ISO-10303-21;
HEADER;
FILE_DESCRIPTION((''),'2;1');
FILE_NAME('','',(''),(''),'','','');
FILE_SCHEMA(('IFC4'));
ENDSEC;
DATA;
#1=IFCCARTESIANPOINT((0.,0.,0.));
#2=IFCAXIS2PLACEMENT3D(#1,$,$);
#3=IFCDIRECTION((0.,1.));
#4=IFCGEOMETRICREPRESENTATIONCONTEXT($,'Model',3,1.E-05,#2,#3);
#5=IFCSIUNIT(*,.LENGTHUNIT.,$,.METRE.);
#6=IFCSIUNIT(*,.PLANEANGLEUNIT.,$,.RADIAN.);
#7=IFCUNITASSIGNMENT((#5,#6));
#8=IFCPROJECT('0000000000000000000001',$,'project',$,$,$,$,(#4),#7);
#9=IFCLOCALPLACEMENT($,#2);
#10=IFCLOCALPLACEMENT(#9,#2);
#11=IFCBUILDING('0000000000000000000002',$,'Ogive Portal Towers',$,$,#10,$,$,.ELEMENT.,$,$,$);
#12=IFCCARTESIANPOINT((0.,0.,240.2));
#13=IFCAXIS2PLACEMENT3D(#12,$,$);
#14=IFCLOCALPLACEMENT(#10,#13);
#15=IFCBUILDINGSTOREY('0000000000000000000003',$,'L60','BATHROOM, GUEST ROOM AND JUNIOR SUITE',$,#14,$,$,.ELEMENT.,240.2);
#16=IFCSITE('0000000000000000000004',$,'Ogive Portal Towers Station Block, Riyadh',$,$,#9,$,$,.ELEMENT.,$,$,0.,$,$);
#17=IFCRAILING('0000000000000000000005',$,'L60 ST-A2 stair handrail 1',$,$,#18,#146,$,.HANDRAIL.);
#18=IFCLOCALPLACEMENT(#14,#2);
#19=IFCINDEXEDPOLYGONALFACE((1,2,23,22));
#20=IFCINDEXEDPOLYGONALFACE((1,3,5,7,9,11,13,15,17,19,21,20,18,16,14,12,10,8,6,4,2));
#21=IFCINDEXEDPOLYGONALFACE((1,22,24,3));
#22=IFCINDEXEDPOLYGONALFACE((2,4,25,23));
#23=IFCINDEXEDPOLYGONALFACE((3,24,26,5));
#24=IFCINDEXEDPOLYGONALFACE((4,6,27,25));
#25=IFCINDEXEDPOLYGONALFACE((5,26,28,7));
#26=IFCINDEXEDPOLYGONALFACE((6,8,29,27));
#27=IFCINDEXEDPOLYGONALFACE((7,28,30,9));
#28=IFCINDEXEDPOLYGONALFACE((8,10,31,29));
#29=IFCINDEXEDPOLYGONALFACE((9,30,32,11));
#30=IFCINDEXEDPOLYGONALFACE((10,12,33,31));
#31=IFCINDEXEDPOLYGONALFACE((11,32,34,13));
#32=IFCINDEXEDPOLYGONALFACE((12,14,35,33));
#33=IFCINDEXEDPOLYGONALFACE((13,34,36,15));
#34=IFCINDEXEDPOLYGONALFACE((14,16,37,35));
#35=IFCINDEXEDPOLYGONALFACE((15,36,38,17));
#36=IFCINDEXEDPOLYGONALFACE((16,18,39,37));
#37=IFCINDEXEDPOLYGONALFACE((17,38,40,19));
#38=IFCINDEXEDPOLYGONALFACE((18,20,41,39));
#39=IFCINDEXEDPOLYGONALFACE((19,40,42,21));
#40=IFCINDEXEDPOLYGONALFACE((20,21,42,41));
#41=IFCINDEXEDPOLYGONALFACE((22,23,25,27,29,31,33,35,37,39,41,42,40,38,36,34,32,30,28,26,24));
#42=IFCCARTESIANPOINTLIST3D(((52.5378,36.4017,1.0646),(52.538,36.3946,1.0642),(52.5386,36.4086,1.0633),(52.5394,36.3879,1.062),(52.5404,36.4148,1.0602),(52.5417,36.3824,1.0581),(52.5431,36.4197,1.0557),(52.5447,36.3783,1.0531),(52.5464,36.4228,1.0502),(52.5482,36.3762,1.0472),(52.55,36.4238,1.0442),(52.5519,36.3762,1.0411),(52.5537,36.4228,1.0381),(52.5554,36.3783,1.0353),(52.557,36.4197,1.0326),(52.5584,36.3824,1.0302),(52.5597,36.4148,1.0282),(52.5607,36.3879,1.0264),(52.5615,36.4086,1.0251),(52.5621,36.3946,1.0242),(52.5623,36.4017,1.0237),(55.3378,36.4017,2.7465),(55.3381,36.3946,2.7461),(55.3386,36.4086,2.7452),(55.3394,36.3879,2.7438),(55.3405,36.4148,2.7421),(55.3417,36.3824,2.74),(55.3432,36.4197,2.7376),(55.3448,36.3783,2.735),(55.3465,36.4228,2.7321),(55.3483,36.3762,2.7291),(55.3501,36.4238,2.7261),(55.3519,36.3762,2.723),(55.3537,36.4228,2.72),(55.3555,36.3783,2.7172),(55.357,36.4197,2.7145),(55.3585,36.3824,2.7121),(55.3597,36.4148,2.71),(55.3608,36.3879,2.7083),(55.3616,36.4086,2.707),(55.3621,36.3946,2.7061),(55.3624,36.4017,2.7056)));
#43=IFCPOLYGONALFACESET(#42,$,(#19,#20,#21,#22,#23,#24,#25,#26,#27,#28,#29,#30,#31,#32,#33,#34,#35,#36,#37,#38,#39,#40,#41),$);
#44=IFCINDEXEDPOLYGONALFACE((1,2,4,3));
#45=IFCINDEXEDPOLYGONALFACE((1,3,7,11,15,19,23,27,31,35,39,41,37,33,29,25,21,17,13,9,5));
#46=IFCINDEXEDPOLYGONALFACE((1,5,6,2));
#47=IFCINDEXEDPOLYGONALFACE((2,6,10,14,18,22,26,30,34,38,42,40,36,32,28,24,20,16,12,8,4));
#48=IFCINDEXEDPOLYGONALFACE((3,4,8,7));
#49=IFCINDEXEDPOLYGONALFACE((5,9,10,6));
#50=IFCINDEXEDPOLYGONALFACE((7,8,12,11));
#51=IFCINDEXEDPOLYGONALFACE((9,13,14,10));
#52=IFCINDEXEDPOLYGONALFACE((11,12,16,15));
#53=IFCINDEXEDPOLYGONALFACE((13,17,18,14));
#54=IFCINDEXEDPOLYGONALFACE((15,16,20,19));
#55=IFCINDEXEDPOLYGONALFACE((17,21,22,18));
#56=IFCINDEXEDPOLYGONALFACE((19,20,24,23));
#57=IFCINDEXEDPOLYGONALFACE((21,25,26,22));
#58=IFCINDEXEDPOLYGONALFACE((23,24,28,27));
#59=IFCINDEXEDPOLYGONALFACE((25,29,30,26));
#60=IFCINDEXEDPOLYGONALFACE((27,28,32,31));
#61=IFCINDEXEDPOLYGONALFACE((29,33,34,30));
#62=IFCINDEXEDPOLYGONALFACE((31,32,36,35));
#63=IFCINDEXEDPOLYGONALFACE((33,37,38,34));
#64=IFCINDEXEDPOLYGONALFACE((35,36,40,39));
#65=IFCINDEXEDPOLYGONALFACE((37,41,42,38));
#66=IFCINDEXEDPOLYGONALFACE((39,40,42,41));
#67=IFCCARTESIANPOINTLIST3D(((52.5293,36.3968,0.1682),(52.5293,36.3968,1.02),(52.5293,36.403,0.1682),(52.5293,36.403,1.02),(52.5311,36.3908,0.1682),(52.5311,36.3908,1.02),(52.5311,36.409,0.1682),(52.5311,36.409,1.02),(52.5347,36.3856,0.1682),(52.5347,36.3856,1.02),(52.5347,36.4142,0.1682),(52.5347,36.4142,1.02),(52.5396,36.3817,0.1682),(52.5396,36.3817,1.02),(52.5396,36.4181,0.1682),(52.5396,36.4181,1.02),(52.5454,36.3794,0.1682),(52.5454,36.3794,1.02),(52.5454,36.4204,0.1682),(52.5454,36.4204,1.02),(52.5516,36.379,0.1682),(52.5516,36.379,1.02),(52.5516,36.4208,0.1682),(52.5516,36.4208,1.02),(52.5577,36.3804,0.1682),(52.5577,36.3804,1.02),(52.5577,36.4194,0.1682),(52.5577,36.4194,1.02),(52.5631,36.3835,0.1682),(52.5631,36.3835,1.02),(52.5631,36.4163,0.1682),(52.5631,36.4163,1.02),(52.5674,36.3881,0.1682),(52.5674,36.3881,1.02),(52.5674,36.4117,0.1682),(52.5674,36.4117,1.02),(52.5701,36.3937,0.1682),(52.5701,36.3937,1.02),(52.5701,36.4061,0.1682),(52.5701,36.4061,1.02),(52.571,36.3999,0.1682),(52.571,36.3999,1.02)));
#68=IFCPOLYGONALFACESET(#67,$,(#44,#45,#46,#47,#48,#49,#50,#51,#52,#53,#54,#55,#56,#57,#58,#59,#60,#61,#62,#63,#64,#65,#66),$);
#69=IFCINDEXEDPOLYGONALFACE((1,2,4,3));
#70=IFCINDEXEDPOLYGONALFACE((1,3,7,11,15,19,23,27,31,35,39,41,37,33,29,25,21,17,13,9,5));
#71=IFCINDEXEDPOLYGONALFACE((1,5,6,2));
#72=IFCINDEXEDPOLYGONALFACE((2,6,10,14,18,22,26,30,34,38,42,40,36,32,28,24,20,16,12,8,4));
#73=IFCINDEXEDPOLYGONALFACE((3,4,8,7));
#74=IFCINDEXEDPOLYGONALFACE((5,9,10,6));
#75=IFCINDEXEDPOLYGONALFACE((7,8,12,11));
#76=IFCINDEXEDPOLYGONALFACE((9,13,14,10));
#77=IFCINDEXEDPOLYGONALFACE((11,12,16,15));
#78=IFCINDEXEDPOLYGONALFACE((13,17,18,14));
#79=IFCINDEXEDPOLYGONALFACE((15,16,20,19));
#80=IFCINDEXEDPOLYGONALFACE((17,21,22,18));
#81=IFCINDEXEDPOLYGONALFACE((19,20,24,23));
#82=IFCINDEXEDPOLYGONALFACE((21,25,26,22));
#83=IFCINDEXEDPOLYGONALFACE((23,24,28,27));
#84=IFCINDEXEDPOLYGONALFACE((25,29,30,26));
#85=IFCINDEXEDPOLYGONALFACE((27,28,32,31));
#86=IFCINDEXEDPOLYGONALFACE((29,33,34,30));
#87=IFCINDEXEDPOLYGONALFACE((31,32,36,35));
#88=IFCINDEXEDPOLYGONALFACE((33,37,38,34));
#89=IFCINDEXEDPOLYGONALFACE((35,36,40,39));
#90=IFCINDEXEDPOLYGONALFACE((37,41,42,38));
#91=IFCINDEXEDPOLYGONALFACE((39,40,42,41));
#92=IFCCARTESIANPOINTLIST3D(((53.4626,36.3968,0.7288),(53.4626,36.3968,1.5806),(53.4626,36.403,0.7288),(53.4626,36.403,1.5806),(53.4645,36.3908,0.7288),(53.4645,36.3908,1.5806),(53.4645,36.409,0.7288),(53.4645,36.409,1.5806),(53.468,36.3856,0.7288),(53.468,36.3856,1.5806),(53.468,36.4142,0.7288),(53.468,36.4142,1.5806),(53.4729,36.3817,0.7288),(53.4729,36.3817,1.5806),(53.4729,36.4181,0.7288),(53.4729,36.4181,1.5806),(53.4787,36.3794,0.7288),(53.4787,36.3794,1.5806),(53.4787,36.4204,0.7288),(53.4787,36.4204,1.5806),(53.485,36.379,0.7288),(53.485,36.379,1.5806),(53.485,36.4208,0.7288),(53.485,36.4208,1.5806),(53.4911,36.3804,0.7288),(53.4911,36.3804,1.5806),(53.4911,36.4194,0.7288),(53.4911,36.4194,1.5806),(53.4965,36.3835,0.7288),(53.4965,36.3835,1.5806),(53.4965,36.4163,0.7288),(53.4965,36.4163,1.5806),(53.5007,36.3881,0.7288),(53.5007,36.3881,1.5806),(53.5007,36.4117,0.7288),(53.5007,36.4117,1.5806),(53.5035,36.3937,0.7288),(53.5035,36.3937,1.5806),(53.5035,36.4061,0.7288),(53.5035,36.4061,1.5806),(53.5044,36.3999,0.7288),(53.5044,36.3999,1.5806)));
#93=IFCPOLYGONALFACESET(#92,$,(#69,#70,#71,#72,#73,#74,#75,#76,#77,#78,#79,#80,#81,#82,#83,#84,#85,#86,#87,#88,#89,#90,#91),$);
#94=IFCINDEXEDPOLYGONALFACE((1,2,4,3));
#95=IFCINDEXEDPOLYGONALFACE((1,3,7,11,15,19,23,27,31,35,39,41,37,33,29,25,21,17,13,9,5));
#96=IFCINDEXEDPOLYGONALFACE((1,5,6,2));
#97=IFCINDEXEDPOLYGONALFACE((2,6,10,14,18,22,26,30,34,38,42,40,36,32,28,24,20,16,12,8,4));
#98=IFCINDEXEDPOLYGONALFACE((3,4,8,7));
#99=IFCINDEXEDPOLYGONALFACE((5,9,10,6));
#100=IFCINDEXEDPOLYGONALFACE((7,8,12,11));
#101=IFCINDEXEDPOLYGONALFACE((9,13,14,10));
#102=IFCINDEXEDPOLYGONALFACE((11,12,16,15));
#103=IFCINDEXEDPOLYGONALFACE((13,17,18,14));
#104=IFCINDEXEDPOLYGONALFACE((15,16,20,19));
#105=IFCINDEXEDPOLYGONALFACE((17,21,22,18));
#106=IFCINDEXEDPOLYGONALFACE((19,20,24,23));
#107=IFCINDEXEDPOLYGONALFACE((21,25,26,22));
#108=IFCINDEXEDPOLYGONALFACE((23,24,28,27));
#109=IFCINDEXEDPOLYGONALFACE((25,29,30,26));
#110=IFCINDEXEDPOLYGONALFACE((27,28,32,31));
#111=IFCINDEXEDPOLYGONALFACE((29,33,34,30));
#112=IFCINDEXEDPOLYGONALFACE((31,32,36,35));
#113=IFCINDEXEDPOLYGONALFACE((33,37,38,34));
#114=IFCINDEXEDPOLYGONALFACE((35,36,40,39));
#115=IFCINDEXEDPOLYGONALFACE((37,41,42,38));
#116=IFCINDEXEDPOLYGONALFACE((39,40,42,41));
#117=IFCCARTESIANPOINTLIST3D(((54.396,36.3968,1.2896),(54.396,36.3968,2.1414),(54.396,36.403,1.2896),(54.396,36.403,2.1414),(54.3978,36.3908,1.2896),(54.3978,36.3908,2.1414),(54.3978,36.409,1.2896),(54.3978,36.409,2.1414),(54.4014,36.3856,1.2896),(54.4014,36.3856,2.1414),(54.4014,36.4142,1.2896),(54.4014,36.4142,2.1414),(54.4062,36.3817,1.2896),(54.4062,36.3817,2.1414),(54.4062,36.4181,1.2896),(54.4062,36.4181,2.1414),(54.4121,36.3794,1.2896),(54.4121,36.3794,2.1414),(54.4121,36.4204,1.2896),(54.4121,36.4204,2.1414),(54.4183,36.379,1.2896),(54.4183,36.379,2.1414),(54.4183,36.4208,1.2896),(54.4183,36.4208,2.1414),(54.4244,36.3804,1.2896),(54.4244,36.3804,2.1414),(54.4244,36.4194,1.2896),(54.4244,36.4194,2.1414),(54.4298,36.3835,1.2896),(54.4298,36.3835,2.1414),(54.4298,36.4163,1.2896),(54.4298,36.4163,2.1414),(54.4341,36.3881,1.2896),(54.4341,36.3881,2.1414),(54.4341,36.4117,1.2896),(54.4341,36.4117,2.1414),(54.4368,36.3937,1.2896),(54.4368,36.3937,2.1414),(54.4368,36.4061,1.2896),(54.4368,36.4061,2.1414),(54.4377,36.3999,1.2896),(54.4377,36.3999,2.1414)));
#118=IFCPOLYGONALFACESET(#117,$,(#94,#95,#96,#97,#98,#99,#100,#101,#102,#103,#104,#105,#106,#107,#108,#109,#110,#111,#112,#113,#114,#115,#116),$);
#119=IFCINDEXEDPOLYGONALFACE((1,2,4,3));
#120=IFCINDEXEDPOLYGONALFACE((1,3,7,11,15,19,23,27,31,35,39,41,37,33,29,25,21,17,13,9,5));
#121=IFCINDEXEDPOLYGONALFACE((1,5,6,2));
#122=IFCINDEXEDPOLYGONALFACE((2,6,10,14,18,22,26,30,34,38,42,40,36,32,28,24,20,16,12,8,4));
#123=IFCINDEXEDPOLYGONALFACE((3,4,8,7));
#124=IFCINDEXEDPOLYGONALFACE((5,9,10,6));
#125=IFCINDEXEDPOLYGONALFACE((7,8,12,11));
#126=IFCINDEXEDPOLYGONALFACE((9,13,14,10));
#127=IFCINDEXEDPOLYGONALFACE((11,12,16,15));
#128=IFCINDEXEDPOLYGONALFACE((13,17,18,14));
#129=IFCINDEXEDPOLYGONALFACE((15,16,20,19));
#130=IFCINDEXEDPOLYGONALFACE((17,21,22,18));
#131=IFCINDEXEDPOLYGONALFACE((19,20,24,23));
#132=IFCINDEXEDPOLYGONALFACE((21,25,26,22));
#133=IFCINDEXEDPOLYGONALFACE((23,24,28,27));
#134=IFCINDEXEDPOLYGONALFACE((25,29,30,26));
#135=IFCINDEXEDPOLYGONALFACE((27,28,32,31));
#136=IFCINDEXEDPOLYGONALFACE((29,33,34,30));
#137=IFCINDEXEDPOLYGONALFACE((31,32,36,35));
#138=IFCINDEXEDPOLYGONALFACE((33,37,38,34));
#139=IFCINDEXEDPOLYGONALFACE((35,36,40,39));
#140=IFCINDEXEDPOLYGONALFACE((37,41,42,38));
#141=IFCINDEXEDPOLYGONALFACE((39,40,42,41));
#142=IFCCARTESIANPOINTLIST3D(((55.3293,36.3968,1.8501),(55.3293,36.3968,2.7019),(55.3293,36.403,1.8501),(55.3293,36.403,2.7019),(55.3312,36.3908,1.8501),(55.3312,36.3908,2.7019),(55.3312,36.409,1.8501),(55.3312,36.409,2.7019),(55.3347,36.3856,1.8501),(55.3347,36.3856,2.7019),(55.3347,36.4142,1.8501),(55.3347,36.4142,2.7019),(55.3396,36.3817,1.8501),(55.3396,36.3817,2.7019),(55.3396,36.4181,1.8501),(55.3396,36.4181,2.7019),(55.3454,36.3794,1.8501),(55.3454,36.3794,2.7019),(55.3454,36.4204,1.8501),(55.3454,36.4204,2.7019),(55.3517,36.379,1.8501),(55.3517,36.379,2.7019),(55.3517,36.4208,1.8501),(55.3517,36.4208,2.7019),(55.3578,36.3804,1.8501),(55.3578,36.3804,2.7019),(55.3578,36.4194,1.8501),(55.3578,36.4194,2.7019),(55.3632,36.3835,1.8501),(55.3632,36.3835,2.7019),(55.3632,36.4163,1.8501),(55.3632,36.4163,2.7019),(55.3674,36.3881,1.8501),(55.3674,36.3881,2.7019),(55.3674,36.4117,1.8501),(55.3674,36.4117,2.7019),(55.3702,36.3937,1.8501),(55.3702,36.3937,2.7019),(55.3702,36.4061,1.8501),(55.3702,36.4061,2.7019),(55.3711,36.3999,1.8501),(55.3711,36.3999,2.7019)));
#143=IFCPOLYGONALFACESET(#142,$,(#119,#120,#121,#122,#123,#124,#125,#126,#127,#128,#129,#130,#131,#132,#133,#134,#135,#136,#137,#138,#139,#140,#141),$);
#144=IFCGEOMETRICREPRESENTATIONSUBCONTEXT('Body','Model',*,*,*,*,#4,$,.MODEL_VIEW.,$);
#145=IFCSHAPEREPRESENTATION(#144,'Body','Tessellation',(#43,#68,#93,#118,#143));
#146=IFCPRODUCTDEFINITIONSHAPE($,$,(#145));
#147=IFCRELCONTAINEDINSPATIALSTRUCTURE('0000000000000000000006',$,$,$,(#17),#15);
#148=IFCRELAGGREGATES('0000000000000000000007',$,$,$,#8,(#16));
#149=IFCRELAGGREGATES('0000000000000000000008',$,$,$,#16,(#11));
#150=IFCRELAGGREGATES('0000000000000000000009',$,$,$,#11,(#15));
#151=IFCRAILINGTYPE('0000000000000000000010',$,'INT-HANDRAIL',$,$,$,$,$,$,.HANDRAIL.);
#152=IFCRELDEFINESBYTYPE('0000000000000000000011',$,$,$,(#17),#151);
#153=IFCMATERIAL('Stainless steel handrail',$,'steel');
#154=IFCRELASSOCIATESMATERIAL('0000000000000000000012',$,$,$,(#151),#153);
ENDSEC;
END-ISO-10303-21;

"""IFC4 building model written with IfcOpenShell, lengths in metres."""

from ifc_helpers import new_model, si_unit, direction, frame, origin, origin_2d, place, context, subcontext, project, spatial, circle, extrude, material, type_object, element, save


model = new_model("IFC4")

# Units and contexts
model_context = context("Model", 3, precision=1e-05, world=origin(), true_north=direction((0.0, 1.0)))
body_context = subcontext(model_context, "Body", "Model", "MODEL_VIEW")
ifc_project = project(units=[si_unit("LENGTHUNIT", "METRE"), si_unit("PLANEANGLEUNIT", "RADIAN")], contexts=[model_context])

# Site, building, storey
site_placement = place(None, origin())
site = spatial("IfcSite", under=ifc_project, at=site_placement, Name="Ogive Portal Towers Station Block, Riyadh", CompositionType="ELEMENT", RefElevation=0.0)
building_placement = place(site_placement, origin())
building = spatial("IfcBuilding", under=site, at=building_placement, Name="Ogive Portal Towers", CompositionType="ELEMENT")
storey_placement = place(building_placement, frame((0.0, 0.0, 240.2)))
storey = spatial("IfcBuildingStorey", under=building, at=storey_placement, Name="L60", Description="BATHROOM, GUEST ROOM AND JUNIOR SUITE", CompositionType="ELEMENT", Elevation=240.2)

# Railing
ifc_material_1 = material(Name="Stainless steel handrail", Category="steel")
railing_type_1 = type_object("IfcRailingType", Name="INT-HANDRAIL", PredefinedType="HANDRAIL", material=ifc_material_1)
railing_1_placement = place(storey_placement, frame((52.55, 36.3999, 0.1682)))
element("IfcRailing", 1, at=railing_1_placement, inside=storey, type_object=railing_type_1, Name="L60 ST-A2 stair handrail 1", PredefinedType="HANDRAIL", context=body_context, shape_type="SweptSolid", body=[
    extrude(circle(Radius=0.0239, at=origin_2d()), frame((0.0, 0.0, 0.876), z_axis=(0.857242, 0.0, 0.514913), x_axis=(0.0, 1.0, 0.0)), (0.0, 0.0, 1.0), 3.2664),
    extrude(circle(Radius=0.021, at=origin_2d()), origin(), (0.0, 0.0, 1.0), 0.8518),
    extrude(circle(Radius=0.021, at=origin_2d()), frame((0.9333, 0.0, 0.5605)), (0.0, 0.0, 1.0), 0.8518),
    extrude(circle(Radius=0.021, at=origin_2d()), frame((1.8667, 0.0, 1.1213)), (0.0, 0.0, 1.0), 0.8518),
    extrude(circle(Radius=0.021, at=origin_2d()), frame((2.8, 0.0, 1.6819)), (0.0, 0.0, 1.0), 0.8518),
])

save(model, "model.ifc")
